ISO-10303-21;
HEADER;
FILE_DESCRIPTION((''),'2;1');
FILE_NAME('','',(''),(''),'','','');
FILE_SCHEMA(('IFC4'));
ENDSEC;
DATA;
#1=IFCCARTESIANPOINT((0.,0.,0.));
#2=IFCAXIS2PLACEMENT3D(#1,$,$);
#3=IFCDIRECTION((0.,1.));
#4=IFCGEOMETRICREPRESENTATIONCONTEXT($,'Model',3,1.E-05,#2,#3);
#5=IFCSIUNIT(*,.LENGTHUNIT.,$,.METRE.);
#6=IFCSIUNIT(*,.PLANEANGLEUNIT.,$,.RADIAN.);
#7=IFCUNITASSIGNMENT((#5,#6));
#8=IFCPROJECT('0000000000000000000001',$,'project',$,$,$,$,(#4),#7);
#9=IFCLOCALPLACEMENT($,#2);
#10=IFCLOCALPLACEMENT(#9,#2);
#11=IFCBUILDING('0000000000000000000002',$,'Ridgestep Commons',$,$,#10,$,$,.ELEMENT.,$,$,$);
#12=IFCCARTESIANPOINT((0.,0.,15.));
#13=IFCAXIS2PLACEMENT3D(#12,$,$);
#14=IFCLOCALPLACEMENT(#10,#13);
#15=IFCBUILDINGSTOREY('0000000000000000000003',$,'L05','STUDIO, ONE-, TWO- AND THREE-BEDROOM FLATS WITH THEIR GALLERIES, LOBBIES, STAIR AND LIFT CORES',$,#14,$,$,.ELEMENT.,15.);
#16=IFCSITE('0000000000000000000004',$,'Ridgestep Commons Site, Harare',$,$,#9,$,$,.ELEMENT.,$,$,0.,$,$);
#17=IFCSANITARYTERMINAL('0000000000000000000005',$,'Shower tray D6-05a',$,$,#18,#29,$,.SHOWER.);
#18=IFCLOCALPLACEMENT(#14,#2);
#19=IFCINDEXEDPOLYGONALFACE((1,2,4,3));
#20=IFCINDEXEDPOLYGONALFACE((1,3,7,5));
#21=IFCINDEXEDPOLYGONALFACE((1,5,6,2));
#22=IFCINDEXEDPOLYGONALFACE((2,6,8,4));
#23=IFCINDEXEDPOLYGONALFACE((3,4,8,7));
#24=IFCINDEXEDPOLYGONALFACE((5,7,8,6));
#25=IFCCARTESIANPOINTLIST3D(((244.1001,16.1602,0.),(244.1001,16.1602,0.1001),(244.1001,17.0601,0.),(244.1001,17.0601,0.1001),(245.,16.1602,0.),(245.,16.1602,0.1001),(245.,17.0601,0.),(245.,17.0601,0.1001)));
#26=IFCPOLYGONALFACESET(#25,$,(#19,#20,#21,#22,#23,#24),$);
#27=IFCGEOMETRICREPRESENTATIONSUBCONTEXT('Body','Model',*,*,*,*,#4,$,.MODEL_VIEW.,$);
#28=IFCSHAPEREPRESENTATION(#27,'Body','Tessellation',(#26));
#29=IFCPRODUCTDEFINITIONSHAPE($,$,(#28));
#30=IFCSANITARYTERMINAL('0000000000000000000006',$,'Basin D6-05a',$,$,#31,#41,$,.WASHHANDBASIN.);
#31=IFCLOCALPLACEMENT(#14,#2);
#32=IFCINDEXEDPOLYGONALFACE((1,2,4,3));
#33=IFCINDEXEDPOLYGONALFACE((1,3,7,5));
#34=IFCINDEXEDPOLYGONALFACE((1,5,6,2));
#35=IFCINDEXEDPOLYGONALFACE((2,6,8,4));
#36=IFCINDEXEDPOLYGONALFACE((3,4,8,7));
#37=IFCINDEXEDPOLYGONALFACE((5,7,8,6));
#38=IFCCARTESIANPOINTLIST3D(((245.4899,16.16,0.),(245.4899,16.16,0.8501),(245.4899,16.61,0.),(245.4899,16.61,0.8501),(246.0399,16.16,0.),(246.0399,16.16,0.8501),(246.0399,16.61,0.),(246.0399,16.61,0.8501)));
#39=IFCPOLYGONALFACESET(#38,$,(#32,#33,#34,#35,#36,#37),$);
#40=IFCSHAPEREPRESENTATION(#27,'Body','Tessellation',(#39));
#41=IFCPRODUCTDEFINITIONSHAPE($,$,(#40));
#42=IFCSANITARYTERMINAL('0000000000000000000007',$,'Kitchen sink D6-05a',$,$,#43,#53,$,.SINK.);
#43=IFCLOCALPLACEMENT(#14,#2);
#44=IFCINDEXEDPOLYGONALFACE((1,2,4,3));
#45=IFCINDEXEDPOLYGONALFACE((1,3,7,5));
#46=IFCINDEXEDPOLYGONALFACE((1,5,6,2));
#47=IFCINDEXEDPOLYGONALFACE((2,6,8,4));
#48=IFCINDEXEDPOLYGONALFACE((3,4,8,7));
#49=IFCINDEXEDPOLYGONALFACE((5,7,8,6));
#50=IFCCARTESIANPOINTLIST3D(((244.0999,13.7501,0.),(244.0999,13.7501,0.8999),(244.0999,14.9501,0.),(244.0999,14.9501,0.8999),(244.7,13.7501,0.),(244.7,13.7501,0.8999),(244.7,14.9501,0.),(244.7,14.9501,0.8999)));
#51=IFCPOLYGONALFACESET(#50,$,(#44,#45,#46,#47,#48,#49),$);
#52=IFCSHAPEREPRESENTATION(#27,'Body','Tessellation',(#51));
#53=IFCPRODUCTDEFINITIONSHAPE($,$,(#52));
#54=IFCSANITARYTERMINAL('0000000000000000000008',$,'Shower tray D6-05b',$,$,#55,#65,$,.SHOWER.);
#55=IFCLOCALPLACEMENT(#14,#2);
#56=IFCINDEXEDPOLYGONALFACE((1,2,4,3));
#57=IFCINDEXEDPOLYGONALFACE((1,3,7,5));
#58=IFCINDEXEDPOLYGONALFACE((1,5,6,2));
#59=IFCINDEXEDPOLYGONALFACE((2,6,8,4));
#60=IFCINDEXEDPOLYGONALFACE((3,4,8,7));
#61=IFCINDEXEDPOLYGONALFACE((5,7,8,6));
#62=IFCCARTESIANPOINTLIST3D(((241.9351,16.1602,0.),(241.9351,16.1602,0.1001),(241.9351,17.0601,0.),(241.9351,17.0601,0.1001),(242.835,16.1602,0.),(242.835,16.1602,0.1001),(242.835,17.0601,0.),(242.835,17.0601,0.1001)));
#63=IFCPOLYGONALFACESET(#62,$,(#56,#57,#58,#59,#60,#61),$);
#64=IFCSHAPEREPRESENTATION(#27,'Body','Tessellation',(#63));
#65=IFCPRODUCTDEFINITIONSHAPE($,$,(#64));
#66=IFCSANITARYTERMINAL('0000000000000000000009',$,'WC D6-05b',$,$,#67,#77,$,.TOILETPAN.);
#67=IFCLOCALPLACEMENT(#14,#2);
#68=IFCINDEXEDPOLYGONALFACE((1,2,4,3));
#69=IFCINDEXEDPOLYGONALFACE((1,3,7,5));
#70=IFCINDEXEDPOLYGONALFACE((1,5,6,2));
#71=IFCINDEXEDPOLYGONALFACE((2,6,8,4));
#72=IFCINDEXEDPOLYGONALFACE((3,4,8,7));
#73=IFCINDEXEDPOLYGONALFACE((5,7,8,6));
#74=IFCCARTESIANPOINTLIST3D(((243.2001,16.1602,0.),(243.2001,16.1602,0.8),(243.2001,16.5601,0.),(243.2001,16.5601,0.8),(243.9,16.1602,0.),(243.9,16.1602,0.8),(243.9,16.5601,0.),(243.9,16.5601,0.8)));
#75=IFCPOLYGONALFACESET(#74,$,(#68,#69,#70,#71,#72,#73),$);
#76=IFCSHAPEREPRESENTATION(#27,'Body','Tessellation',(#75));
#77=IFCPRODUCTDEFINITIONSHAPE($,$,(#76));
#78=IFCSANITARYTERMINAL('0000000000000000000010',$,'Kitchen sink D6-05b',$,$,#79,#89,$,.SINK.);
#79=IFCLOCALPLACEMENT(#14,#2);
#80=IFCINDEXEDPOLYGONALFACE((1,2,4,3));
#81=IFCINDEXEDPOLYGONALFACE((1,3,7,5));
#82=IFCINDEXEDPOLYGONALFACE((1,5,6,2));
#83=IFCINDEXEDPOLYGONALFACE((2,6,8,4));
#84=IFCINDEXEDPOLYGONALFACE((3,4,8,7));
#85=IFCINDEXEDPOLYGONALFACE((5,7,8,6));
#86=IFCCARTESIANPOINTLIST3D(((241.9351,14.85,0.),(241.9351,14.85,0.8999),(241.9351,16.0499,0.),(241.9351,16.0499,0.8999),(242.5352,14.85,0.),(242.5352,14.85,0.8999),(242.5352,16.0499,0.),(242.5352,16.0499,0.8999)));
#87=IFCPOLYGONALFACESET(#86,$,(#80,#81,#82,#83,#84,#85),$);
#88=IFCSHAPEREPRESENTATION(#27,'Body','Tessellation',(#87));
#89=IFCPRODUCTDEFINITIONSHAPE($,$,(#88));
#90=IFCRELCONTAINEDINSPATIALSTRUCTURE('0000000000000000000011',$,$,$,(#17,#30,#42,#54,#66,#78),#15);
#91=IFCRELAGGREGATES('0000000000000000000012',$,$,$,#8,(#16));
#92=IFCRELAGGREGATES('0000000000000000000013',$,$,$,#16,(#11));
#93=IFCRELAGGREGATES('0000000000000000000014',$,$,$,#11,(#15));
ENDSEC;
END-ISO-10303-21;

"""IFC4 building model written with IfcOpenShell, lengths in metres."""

from ifc_helpers import new_model, si_unit, direction, frame, origin, origin_2d, place, context, subcontext, project, spatial, rectangle, extrude, element, save


model = new_model("IFC4")

# Units and contexts
model_context = context("Model", 3, precision=1e-05, world=origin(), true_north=direction((0.0, 1.0)))
body_context = subcontext(model_context, "Body", "Model", "MODEL_VIEW")
ifc_project = project(units=[si_unit("LENGTHUNIT", "METRE"), si_unit("PLANEANGLEUNIT", "RADIAN")], contexts=[model_context])

# Site, building, storey
site_placement = place(None, origin())
site = spatial("IfcSite", under=ifc_project, at=site_placement, Name="Ridgestep Commons Site, Harare", CompositionType="ELEMENT", RefElevation=0.0)
building_placement = place(site_placement, origin())
building = spatial("IfcBuilding", under=site, at=building_placement, Name="Ridgestep Commons", CompositionType="ELEMENT")
storey_placement = place(building_placement, frame((0.0, 0.0, 15.0)))
storey = spatial("IfcBuildingStorey", under=building, at=storey_placement, Name="L05", Description="STUDIO, ONE-, TWO- AND THREE-BEDROOM FLATS WITH THEIR GALLERIES, LOBBIES, STAIR AND LIFT CORES", CompositionType="ELEMENT", Elevation=15.0)

# Sanitary terminals
sanitary_terminal_1_placement = place(storey_placement, frame((244.55, 16.6101, 0.0), z_axis=(0.0, 0.0, 1.0), x_axis=(1.0, 0.0, 0.0)))
element("IfcSanitaryTerminal", 1, at=sanitary_terminal_1_placement, inside=storey, Name="Shower tray D6-05a", PredefinedType="SHOWER", context=body_context, shape_type="SweptSolid", body=[
    extrude(rectangle(XDim=0.8999, YDim=0.8999, at=origin_2d()), origin(), (0.0, 0.0, 1.0), 0.1001),
])
sanitary_terminal_2_placement = place(storey_placement, frame((245.7649, 16.385, 0.0), z_axis=(0.0, 0.0, 1.0), x_axis=(1.0, 0.0, 0.0)))
element("IfcSanitaryTerminal", 2, at=sanitary_terminal_2_placement, inside=storey, Name="Basin D6-05a", PredefinedType="WASHHANDBASIN", context=body_context, shape_type="SweptSolid", body=[
    extrude(rectangle(XDim=0.55, YDim=0.45, at=origin_2d()), origin(), (0.0, 0.0, 1.0), 0.8501),
])
sanitary_terminal_3_placement = place(storey_placement, frame((244.3999, 14.3501, 0.0), z_axis=(0.0, 0.0, 1.0), x_axis=(1.0, 0.0, 0.0)))
element("IfcSanitaryTerminal", 3, at=sanitary_terminal_3_placement, inside=storey, Name="Kitchen sink D6-05a", PredefinedType="SINK", context=body_context, shape_type="SweptSolid", body=[
    extrude(rectangle(XDim=0.6001, YDim=1.2, at=origin_2d()), origin(), (0.0, 0.0, 1.0), 0.8999),
])
sanitary_terminal_4_placement = place(storey_placement, frame((242.385, 16.6101, 0.0), z_axis=(0.0, 0.0, 1.0), x_axis=(1.0, 0.0, 0.0)))
element("IfcSanitaryTerminal", 4, at=sanitary_terminal_4_placement, inside=storey, Name="Shower tray D6-05b", PredefinedType="SHOWER", context=body_context, shape_type="SweptSolid", body=[
    extrude(rectangle(XDim=0.8999, YDim=0.8999, at=origin_2d()), origin(), (0.0, 0.0, 1.0), 0.1001),
])
sanitary_terminal_5_placement = place(storey_placement, frame((243.55, 16.3601, 0.0), z_axis=(0.0, 0.0, 1.0), x_axis=(1.0, 0.0, 0.0)))
element("IfcSanitaryTerminal", 5, at=sanitary_terminal_5_placement, inside=storey, Name="WC D6-05b", PredefinedType="TOILETPAN", context=body_context, shape_type="SweptSolid", body=[
    extrude(rectangle(XDim=0.7, YDim=0.3999, at=origin_2d()), origin(), (0.0, 0.0, 1.0), 0.8),
])
sanitary_terminal_6_placement = place(storey_placement, frame((242.2351, 15.45, 0.0), z_axis=(0.0, 0.0, 1.0), x_axis=(1.0, 0.0, 0.0)))
element("IfcSanitaryTerminal", 6, at=sanitary_terminal_6_placement, inside=storey, Name="Kitchen sink D6-05b", PredefinedType="SINK", context=body_context, shape_type="SweptSolid", body=[
    extrude(rectangle(XDim=0.6001, YDim=1.2, at=origin_2d()), origin(), (0.0, 0.0, 1.0), 0.8999),
])

save(model, "model.ifc")
